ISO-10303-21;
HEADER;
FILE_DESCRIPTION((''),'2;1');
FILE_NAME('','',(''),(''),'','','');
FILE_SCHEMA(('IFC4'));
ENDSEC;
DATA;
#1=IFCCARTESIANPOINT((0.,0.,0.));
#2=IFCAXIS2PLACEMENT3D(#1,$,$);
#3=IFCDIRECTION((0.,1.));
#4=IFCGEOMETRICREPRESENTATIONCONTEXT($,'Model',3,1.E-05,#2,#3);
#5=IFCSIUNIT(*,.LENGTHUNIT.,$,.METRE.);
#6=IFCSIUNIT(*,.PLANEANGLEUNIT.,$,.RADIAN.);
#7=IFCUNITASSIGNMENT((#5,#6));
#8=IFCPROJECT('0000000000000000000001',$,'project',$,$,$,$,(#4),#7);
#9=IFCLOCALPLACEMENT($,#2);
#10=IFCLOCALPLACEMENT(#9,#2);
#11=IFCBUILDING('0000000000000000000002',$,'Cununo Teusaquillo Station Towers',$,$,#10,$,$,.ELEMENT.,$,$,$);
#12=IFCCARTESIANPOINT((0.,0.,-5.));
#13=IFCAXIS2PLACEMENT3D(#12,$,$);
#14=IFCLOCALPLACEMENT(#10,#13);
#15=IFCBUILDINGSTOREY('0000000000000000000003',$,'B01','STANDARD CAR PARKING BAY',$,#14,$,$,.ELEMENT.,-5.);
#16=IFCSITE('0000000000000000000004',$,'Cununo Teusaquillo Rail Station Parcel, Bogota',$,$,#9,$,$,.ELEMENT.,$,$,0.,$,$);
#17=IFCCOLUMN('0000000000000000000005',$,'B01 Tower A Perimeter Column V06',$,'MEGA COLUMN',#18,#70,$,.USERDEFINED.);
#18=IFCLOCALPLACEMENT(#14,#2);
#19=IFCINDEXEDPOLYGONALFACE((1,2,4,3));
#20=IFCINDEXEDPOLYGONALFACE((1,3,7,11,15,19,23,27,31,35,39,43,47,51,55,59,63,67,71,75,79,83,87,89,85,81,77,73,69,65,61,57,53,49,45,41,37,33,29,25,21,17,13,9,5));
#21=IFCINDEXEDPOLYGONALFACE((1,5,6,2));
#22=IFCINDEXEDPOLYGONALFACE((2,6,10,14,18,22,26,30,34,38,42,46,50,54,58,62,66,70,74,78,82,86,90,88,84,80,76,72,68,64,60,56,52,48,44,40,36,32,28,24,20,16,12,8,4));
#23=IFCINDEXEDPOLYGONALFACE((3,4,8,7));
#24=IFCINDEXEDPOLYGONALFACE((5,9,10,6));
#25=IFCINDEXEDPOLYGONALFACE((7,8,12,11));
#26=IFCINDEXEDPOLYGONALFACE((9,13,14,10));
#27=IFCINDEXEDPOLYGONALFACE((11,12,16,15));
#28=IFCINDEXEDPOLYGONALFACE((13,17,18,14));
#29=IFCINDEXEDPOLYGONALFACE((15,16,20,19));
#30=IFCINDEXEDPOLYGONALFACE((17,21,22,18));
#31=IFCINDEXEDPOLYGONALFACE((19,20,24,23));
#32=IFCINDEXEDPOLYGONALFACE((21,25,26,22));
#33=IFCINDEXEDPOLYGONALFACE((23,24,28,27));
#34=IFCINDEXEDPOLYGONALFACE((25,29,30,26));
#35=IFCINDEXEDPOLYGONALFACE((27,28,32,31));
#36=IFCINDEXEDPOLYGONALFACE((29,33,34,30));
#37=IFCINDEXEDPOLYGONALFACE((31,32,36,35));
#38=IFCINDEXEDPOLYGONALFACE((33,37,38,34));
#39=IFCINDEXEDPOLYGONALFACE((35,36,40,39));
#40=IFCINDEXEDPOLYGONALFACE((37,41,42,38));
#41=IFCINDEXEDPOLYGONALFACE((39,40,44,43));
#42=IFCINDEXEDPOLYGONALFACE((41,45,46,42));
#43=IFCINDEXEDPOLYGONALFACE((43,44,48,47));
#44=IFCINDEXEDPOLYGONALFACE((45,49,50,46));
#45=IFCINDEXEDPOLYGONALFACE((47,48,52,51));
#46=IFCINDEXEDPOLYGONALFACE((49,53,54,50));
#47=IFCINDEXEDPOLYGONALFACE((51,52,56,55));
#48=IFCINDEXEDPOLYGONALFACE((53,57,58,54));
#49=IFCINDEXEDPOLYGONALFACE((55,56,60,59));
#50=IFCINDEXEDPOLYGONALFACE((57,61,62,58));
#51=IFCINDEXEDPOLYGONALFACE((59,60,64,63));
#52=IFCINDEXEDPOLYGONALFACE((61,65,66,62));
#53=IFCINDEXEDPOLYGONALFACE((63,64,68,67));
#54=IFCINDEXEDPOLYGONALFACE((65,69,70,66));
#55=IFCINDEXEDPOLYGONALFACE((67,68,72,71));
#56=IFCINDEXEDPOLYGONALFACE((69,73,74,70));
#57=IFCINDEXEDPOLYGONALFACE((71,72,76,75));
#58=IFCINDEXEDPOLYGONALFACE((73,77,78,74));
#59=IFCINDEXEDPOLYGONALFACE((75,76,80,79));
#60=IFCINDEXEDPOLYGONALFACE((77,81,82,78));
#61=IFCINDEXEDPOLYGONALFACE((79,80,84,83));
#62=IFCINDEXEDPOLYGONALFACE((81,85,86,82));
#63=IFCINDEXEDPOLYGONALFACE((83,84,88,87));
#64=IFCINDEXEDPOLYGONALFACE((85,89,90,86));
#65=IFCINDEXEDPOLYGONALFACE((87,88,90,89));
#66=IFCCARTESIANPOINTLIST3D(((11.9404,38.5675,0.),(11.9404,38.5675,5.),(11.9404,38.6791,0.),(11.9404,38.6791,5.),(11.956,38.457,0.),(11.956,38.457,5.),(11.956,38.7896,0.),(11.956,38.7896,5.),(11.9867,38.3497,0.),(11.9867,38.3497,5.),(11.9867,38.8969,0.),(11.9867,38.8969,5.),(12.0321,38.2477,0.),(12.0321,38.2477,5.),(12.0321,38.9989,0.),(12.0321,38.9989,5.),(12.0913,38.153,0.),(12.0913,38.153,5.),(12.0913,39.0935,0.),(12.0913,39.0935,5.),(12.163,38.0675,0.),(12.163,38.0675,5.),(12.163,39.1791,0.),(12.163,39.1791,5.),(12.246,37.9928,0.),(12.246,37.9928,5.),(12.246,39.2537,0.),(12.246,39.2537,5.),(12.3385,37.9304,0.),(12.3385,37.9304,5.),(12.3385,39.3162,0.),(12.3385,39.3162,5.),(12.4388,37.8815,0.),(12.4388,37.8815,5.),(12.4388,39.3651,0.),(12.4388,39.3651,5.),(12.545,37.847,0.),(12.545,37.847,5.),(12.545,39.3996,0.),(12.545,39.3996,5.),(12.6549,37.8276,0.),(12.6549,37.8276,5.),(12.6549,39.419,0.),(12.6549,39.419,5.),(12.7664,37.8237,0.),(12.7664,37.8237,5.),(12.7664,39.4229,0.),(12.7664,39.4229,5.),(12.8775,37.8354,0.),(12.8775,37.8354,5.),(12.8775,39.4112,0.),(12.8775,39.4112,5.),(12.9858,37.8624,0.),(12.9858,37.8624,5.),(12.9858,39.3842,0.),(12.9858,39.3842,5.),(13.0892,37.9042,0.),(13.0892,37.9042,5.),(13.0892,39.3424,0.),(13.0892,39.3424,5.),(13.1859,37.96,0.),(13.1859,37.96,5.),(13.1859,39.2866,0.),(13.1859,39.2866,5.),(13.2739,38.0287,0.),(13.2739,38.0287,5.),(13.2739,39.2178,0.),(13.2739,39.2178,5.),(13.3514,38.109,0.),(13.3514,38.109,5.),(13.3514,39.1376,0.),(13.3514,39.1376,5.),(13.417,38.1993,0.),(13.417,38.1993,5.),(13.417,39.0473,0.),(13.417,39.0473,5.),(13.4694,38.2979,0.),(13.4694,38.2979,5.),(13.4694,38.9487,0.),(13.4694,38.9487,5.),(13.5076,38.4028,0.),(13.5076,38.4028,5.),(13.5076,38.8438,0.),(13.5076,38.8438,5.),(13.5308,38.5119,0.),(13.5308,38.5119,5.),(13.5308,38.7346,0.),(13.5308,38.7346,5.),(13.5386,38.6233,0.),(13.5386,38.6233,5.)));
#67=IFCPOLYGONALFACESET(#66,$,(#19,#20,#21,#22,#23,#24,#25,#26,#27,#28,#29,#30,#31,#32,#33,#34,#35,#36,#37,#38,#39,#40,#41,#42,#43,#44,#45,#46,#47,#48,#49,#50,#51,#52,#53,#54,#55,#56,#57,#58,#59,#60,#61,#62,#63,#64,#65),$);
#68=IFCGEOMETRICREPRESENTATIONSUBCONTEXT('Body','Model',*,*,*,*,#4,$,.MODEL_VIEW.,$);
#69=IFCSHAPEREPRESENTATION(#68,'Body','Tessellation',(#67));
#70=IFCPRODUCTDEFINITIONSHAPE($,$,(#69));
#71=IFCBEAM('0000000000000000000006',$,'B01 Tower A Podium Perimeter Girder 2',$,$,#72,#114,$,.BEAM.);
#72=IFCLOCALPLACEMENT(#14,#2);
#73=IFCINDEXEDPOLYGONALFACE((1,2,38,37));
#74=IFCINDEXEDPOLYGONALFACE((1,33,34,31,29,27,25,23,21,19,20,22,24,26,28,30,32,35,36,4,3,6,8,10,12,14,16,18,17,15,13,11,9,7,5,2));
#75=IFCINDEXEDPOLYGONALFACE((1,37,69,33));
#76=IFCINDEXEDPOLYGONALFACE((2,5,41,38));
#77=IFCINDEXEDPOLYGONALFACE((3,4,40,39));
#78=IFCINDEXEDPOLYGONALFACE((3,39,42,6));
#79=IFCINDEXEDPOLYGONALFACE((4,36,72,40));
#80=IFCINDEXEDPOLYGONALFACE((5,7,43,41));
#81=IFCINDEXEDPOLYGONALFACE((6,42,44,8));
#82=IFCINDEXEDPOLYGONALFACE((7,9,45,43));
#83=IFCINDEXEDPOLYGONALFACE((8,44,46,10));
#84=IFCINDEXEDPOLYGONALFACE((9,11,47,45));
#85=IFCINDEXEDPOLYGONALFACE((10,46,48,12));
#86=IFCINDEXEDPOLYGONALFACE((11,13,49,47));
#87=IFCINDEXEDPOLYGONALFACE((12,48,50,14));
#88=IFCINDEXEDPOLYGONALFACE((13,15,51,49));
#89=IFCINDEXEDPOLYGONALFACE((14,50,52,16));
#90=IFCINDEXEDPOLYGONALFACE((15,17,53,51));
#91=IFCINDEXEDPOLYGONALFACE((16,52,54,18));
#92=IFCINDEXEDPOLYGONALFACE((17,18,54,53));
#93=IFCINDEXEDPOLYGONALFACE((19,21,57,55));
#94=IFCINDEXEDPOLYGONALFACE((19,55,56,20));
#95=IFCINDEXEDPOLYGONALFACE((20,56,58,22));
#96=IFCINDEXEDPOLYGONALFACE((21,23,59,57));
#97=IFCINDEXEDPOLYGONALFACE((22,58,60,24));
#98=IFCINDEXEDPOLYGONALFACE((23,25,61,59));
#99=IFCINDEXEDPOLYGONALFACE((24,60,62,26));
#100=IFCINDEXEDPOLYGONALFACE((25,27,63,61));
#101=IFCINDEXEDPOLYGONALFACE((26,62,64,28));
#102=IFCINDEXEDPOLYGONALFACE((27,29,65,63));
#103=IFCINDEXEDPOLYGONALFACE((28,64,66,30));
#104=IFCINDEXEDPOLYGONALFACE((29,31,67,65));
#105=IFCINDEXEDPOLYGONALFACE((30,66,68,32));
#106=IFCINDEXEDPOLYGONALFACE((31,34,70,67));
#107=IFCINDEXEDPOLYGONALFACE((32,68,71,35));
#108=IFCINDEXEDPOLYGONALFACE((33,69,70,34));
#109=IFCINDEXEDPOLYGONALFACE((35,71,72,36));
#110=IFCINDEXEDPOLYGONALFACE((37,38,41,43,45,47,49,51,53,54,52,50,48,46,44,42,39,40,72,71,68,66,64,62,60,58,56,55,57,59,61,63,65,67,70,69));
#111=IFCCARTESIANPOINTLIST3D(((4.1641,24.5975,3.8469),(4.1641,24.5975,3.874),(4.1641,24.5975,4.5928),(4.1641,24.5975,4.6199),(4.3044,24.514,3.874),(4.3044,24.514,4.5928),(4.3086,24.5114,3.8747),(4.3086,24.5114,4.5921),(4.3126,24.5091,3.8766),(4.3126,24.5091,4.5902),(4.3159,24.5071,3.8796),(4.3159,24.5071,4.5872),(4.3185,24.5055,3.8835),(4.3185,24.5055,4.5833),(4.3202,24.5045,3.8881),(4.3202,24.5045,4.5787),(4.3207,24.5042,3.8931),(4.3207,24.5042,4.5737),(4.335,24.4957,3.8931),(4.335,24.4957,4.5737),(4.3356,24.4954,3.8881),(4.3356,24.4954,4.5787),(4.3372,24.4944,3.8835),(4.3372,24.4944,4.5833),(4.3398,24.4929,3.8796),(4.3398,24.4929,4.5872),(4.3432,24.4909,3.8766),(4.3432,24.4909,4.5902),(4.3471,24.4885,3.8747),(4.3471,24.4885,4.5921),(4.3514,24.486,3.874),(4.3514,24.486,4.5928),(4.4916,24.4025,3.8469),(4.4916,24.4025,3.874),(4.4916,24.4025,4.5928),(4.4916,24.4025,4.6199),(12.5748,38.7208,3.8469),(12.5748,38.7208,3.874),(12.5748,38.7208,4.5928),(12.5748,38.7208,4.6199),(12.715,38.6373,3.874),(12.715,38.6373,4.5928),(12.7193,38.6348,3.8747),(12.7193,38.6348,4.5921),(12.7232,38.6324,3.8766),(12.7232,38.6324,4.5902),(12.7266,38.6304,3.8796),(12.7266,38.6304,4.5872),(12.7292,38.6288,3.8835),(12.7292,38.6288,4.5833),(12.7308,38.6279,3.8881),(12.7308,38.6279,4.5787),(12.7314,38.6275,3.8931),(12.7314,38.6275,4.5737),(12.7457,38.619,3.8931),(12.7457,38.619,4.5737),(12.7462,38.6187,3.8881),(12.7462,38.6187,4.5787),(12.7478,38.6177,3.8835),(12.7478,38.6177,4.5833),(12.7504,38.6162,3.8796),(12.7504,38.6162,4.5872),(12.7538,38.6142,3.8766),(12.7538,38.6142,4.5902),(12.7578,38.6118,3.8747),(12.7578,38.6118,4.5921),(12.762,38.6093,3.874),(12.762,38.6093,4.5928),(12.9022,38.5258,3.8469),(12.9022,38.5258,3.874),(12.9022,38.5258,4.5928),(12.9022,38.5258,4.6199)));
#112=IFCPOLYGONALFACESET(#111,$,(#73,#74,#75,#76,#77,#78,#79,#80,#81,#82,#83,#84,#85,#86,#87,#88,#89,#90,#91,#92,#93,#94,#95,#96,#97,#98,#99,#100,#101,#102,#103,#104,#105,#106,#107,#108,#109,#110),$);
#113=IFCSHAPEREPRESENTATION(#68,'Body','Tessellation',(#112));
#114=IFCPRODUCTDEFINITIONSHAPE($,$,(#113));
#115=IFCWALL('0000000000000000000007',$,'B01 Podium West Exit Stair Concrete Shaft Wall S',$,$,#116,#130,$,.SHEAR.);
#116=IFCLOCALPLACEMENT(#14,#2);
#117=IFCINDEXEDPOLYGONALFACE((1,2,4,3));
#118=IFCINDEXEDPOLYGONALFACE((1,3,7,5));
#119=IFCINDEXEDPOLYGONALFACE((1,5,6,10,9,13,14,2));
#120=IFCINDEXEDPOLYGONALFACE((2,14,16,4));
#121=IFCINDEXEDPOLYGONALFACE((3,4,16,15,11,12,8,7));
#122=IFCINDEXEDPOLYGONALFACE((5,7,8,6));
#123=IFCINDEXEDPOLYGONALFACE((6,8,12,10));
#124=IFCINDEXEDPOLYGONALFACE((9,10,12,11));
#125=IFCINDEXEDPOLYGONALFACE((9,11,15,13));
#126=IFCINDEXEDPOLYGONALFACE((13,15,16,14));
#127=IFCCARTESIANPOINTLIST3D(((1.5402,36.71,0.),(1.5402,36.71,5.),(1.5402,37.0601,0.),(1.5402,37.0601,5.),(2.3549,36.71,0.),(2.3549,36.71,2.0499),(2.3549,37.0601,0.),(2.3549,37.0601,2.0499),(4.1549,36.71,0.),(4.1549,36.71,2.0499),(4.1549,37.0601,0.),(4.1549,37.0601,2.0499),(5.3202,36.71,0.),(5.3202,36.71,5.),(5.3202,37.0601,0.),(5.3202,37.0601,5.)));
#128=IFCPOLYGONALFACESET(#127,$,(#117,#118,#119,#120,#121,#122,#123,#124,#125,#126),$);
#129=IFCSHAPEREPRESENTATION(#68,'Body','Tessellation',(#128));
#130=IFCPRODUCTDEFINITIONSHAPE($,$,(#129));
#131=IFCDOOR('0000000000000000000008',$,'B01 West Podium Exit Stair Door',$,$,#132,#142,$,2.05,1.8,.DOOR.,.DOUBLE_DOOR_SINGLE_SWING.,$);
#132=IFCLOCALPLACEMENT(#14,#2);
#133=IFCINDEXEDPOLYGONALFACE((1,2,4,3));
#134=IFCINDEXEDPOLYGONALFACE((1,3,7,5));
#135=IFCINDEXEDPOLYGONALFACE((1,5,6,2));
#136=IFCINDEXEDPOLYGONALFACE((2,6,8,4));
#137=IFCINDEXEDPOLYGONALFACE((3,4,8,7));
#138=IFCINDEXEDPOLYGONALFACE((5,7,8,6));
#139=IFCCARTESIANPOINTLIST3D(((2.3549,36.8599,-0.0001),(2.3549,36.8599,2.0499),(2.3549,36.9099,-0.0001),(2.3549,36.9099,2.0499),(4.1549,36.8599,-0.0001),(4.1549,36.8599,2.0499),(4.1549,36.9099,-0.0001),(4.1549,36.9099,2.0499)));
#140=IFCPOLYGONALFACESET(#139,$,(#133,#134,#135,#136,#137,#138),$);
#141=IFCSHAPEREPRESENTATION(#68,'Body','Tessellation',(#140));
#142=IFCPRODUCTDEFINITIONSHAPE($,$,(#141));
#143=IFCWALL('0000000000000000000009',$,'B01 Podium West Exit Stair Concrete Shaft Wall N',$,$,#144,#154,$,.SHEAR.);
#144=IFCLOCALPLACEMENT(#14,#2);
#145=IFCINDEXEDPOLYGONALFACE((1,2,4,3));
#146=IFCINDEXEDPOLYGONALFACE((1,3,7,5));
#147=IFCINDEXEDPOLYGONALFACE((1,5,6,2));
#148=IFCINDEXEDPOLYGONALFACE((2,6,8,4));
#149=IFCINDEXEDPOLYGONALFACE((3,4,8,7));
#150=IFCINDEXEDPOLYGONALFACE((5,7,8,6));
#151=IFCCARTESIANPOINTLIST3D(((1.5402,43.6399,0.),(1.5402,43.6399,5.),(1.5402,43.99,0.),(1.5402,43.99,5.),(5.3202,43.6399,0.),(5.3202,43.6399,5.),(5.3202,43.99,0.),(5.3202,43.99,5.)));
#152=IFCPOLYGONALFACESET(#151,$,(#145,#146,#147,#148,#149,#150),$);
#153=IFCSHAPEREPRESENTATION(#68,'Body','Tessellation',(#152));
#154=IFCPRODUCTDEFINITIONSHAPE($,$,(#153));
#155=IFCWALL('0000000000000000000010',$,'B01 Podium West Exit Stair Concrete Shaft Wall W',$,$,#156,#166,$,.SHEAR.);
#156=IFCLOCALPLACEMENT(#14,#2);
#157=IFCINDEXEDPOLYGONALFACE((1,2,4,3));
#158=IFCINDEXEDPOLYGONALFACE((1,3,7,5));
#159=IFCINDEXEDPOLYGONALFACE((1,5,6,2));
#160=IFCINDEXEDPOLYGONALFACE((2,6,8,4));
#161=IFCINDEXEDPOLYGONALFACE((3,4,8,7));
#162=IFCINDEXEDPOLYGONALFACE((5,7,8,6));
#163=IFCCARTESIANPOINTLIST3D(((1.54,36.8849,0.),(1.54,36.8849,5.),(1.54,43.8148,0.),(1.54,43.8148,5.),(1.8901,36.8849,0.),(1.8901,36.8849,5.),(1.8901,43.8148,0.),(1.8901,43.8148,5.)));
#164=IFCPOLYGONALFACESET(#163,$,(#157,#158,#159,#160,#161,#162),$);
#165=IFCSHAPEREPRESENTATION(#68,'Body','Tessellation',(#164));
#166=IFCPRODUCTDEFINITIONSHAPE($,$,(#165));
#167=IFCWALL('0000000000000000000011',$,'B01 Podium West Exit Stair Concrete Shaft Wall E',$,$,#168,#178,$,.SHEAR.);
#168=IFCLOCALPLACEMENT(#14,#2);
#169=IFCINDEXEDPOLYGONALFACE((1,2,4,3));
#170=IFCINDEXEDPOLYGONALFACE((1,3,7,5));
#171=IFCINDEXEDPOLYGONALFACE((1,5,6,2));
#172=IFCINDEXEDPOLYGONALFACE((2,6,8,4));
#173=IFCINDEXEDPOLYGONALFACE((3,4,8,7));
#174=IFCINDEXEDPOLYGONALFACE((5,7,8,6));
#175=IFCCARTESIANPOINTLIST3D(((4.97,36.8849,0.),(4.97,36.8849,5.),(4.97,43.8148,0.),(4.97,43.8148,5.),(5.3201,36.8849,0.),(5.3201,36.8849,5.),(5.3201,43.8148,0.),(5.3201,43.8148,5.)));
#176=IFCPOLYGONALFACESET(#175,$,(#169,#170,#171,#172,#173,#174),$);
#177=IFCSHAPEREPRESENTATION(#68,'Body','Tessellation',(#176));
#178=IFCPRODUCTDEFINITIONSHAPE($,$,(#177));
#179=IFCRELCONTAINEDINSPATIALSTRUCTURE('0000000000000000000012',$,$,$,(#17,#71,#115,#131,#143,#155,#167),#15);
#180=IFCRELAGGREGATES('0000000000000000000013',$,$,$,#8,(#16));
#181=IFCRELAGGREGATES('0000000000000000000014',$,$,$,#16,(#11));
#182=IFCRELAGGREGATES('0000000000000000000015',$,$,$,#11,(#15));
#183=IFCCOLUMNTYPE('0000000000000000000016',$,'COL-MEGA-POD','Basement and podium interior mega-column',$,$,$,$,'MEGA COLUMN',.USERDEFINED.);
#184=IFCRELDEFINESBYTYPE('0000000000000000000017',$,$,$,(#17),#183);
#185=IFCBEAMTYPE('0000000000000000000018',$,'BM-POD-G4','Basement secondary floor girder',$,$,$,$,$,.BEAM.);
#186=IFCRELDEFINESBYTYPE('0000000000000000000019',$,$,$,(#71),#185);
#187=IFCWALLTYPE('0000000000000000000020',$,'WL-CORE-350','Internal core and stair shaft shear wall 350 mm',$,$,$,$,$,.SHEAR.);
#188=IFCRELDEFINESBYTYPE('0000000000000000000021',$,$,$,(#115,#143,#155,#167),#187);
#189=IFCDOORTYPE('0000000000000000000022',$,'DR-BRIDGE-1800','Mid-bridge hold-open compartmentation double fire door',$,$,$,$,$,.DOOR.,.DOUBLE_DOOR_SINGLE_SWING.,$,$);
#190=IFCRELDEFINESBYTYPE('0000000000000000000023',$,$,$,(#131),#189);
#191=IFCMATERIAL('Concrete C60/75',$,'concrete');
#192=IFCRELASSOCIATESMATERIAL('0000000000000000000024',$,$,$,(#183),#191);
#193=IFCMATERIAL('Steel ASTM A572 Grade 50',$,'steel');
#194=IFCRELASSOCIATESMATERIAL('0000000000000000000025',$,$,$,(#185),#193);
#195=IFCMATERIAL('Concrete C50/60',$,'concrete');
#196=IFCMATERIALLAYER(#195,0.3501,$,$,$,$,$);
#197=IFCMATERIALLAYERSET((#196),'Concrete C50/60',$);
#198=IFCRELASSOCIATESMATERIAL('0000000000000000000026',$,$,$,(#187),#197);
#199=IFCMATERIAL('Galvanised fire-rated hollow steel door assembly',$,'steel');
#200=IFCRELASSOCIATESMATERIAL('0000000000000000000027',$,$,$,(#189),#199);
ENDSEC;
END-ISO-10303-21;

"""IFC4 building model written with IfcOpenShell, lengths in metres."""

from ifc_helpers import new_model, si_unit, direction, frame, frame_2d, origin, origin_2d, place, context, subcontext, project, spatial, rectangle, circle, i_section, extrude, source, transform, mapped, material, layer, layer_set, material_profile, profile_set, type_object, element, fill, save


model = new_model("IFC4")

# Units and contexts
model_context = context("Model", 3, precision=1e-05, world=origin(), true_north=direction((0.0, 1.0)))
body_context = subcontext(model_context, "Body", "Model", "MODEL_VIEW")
ifc_project = project(units=[si_unit("LENGTHUNIT", "METRE"), si_unit("PLANEANGLEUNIT", "RADIAN")], contexts=[model_context])

# Site, building, storey
site_placement = place(None, origin())
site = spatial("IfcSite", under=ifc_project, at=site_placement, Name="Cununo Teusaquillo Rail Station Parcel, Bogota", CompositionType="ELEMENT", RefElevation=0.0)
building_placement = place(site_placement, origin())
building = spatial("IfcBuilding", under=site, at=building_placement, Name="Cununo Teusaquillo Station Towers", CompositionType="ELEMENT")
storey_placement = place(building_placement, frame((0.0, 0.0, -5.0)))
storey = spatial("IfcBuildingStorey", under=building, at=storey_placement, Name="B01", Description="STANDARD CAR PARKING BAY", CompositionType="ELEMENT", Elevation=-5.0)

# Column
ifc_material_1 = material(Name="Concrete C60/75", Category="concrete")
ifc_material_profile_1 = material_profile(ifc_material_1, circle(Radius=0.8, at=origin_2d()), Name="RC-CIRC-1600")
ifc_profile_set_1 = profile_set([ifc_material_profile_1], Name="Concrete C60/75")
column_type = type_object("IfcColumnType", Name="COL-MEGA-POD", Description="Basement and podium interior mega-column", ElementType="MEGA COLUMN", PredefinedType="USERDEFINED", material=ifc_profile_set_1)
column_placement = place(storey_placement, frame((12.7385, 38.6233, 0.0), z_axis=(0.0, 0.0, 1.0), x_axis=(1.0, 0.0, 0.0)))
element("IfcColumn", 1, at=column_placement, inside=storey, type_object=column_type, Name="B01 Tower A Perimeter Column V06", ObjectType="MEGA COLUMN", PredefinedType="USERDEFINED", context=body_context, shape_type="SweptSolid", body=[
    extrude(circle(Radius=0.8, at=origin_2d()), origin(), (0.0, 0.0, 1.0), 5.0),
])

# Beam
ifc_material_2 = material(Name="Steel ASTM A572 Grade 50", Category="steel")
ifc_material_profile_2 = material_profile(ifc_material_2, i_section(OverallWidth=0.3811, OverallDepth=0.7729, WebThickness=0.0166, FlangeThickness=0.0271, FilletRadius=0.019, at=origin_2d()), Name="W30X173")
ifc_profile_set_2 = profile_set([ifc_material_profile_2], Name="Steel ASTM A572 Grade 50")
beam_type = type_object("IfcBeamType", Name="BM-POD-G4", Description="Basement secondary floor girder", PredefinedType="BEAM", material=ifc_profile_set_2)
beam_placement = place(storey_placement, frame((12.7385, 38.6233, 4.2334), z_axis=(-0.51166, -0.859188, 0.0), x_axis=(0.859188, -0.51166, 0.0)))
element("IfcBeam", 2, at=beam_placement, inside=storey, type_object=beam_type, Name="B01 Tower A Podium Perimeter Girder 2", PredefinedType="BEAM", context=body_context, shape_type="SweptSolid", body=[
    extrude(i_section(OverallWidth=0.3811, OverallDepth=0.7729, WebThickness=0.0166, FlangeThickness=0.0271, FilletRadius=0.019, at=origin_2d()), origin(), (0.0, 0.0, 1.0), 16.438),
])

# Wall, opening, door
ifc_material_3 = material(Name="Concrete C50/60", Category="concrete")
ifc_layer_1 = layer(ifc_material_3, 0.3501)
ifc_layer_set_1 = layer_set([ifc_layer_1], Name="Concrete C50/60")
wall_type_1 = type_object("IfcWallType", Name="WL-CORE-350", Description="Internal core and stair shaft shear wall 350 mm", PredefinedType="SHEAR", material=ifc_layer_set_1)
wall_1_placement = place(storey_placement, frame((1.54, 36.885, 0.0), z_axis=(0.0, 0.0, 1.0), x_axis=(1.0, 0.0, 0.0)))
wall_1 = element("IfcWall", 3, at=wall_1_placement, inside=storey, type_object=wall_type_1, Name="B01 Podium West Exit Stair Concrete Shaft Wall S", PredefinedType="SHEAR", context=body_context, shape_type="SweptSolid", body=[
    extrude(rectangle(XDim=3.78, YDim=0.3501, at=frame_2d((1.8901, 0.0))), origin(), (0.0, 0.0, 1.0), 5.0),
])
shared_shape_1 = source(origin(), body_context, "Body", "SweptSolid", [
    extrude(rectangle(XDim=1.8, YDim=2.05, at=frame_2d((0.8999, 1.0249))), frame((0.0, 0.1851, 0.0), z_axis=(0.0, -1.0, 0.0), x_axis=(1.0, 0.0, 0.0)), (0.0, 0.0, 1.0), 0.3701),
])
opening_1_placement = place(wall_1_placement, frame((0.8149, 0.0, 0.0)))
opening_1 = element("IfcOpeningElement", 4, at=opening_1_placement, cuts=wall_1, PredefinedType="OPENING", context=body_context, shape_type="MappedRepresentation", body=[
    mapped(shared_shape_1, transform((0.0, 0.0, 0.0), x_axis=(1.0, 0.0, 0.0), y_axis=(0.0, 1.0, 0.0), z_axis=(0.0, 0.0, 1.0), scale=1.0)),
])
ifc_material_4 = material(Name="Galvanised fire-rated hollow steel door assembly", Category="steel")
door_type_1 = type_object("IfcDoorType", Name="DR-BRIDGE-1800", Description="Mid-bridge hold-open compartmentation double fire door", OperationType="DOUBLE_DOOR_SINGLE_SWING", PredefinedType="DOOR", material=ifc_material_4)
shared_shape_2 = source(origin(), body_context, "Body", "SweptSolid", [
    extrude(rectangle(XDim=1.8, YDim=2.05, at=frame_2d((0.8999, 1.0249))), frame((0.0, 0.0249, 0.0), z_axis=(0.0, -1.0, 0.0), x_axis=(1.0, 0.0, 0.0)), (0.0, 0.0, 1.0), 0.05),
])
door_1_placement = place(opening_1_placement, origin())
door_1 = element("IfcDoor", 5, at=door_1_placement, inside=storey, type_object=door_type_1, Name="B01 West Podium Exit Stair Door", OperationType="DOUBLE_DOOR_SINGLE_SWING", OverallHeight=2.05, OverallWidth=1.8, PredefinedType="DOOR", context=body_context, shape_type="MappedRepresentation", body=[
    mapped(shared_shape_2, transform((0.0, 0.0, 0.0), x_axis=(1.0, 0.0, 0.0), y_axis=(0.0, 1.0, 0.0), z_axis=(0.0, 0.0, 1.0), scale=1.0)),
])
fill(opening_1, door_1)

# Walls
wall_2_placement = place(storey_placement, frame((1.54, 43.8149, 0.0), z_axis=(0.0, 0.0, 1.0), x_axis=(1.0, 0.0, 0.0)))
element("IfcWall", 6, at=wall_2_placement, inside=storey, type_object=wall_type_1, Name="B01 Podium West Exit Stair Concrete Shaft Wall N", PredefinedType="SHEAR", context=body_context, shape_type="SweptSolid", body=[
    extrude(rectangle(XDim=3.78, YDim=0.3501, at=frame_2d((1.8901, 0.0))), origin(), (0.0, 0.0, 1.0), 5.0),
])
for number, where, z_axis, x_axis, name in (
    (7, (1.7151, 36.885, 0.0), (0.0, 0.0, 1.0), (0.0, 1.0, 0.0), "B01 Podium West Exit Stair Concrete Shaft Wall W"),
    (8, (5.145, 36.885, 0.0), (0.0, 0.0, 1.0), (0.0, 1.0, 0.0), "B01 Podium West Exit Stair Concrete Shaft Wall E"),
):
    element("IfcWall", number, at=place(storey_placement, frame(where, z_axis=z_axis, x_axis=x_axis)), inside=storey, type_object=wall_type_1, Name=name, PredefinedType="SHEAR", context=body_context, shape_type="SweptSolid", body=[
        extrude(rectangle(XDim=6.9299, YDim=0.3501, at=frame_2d((3.4648, 0.0))), origin(), (0.0, 0.0, 1.0), 5.0),
    ])

save(model, "model.ifc")
